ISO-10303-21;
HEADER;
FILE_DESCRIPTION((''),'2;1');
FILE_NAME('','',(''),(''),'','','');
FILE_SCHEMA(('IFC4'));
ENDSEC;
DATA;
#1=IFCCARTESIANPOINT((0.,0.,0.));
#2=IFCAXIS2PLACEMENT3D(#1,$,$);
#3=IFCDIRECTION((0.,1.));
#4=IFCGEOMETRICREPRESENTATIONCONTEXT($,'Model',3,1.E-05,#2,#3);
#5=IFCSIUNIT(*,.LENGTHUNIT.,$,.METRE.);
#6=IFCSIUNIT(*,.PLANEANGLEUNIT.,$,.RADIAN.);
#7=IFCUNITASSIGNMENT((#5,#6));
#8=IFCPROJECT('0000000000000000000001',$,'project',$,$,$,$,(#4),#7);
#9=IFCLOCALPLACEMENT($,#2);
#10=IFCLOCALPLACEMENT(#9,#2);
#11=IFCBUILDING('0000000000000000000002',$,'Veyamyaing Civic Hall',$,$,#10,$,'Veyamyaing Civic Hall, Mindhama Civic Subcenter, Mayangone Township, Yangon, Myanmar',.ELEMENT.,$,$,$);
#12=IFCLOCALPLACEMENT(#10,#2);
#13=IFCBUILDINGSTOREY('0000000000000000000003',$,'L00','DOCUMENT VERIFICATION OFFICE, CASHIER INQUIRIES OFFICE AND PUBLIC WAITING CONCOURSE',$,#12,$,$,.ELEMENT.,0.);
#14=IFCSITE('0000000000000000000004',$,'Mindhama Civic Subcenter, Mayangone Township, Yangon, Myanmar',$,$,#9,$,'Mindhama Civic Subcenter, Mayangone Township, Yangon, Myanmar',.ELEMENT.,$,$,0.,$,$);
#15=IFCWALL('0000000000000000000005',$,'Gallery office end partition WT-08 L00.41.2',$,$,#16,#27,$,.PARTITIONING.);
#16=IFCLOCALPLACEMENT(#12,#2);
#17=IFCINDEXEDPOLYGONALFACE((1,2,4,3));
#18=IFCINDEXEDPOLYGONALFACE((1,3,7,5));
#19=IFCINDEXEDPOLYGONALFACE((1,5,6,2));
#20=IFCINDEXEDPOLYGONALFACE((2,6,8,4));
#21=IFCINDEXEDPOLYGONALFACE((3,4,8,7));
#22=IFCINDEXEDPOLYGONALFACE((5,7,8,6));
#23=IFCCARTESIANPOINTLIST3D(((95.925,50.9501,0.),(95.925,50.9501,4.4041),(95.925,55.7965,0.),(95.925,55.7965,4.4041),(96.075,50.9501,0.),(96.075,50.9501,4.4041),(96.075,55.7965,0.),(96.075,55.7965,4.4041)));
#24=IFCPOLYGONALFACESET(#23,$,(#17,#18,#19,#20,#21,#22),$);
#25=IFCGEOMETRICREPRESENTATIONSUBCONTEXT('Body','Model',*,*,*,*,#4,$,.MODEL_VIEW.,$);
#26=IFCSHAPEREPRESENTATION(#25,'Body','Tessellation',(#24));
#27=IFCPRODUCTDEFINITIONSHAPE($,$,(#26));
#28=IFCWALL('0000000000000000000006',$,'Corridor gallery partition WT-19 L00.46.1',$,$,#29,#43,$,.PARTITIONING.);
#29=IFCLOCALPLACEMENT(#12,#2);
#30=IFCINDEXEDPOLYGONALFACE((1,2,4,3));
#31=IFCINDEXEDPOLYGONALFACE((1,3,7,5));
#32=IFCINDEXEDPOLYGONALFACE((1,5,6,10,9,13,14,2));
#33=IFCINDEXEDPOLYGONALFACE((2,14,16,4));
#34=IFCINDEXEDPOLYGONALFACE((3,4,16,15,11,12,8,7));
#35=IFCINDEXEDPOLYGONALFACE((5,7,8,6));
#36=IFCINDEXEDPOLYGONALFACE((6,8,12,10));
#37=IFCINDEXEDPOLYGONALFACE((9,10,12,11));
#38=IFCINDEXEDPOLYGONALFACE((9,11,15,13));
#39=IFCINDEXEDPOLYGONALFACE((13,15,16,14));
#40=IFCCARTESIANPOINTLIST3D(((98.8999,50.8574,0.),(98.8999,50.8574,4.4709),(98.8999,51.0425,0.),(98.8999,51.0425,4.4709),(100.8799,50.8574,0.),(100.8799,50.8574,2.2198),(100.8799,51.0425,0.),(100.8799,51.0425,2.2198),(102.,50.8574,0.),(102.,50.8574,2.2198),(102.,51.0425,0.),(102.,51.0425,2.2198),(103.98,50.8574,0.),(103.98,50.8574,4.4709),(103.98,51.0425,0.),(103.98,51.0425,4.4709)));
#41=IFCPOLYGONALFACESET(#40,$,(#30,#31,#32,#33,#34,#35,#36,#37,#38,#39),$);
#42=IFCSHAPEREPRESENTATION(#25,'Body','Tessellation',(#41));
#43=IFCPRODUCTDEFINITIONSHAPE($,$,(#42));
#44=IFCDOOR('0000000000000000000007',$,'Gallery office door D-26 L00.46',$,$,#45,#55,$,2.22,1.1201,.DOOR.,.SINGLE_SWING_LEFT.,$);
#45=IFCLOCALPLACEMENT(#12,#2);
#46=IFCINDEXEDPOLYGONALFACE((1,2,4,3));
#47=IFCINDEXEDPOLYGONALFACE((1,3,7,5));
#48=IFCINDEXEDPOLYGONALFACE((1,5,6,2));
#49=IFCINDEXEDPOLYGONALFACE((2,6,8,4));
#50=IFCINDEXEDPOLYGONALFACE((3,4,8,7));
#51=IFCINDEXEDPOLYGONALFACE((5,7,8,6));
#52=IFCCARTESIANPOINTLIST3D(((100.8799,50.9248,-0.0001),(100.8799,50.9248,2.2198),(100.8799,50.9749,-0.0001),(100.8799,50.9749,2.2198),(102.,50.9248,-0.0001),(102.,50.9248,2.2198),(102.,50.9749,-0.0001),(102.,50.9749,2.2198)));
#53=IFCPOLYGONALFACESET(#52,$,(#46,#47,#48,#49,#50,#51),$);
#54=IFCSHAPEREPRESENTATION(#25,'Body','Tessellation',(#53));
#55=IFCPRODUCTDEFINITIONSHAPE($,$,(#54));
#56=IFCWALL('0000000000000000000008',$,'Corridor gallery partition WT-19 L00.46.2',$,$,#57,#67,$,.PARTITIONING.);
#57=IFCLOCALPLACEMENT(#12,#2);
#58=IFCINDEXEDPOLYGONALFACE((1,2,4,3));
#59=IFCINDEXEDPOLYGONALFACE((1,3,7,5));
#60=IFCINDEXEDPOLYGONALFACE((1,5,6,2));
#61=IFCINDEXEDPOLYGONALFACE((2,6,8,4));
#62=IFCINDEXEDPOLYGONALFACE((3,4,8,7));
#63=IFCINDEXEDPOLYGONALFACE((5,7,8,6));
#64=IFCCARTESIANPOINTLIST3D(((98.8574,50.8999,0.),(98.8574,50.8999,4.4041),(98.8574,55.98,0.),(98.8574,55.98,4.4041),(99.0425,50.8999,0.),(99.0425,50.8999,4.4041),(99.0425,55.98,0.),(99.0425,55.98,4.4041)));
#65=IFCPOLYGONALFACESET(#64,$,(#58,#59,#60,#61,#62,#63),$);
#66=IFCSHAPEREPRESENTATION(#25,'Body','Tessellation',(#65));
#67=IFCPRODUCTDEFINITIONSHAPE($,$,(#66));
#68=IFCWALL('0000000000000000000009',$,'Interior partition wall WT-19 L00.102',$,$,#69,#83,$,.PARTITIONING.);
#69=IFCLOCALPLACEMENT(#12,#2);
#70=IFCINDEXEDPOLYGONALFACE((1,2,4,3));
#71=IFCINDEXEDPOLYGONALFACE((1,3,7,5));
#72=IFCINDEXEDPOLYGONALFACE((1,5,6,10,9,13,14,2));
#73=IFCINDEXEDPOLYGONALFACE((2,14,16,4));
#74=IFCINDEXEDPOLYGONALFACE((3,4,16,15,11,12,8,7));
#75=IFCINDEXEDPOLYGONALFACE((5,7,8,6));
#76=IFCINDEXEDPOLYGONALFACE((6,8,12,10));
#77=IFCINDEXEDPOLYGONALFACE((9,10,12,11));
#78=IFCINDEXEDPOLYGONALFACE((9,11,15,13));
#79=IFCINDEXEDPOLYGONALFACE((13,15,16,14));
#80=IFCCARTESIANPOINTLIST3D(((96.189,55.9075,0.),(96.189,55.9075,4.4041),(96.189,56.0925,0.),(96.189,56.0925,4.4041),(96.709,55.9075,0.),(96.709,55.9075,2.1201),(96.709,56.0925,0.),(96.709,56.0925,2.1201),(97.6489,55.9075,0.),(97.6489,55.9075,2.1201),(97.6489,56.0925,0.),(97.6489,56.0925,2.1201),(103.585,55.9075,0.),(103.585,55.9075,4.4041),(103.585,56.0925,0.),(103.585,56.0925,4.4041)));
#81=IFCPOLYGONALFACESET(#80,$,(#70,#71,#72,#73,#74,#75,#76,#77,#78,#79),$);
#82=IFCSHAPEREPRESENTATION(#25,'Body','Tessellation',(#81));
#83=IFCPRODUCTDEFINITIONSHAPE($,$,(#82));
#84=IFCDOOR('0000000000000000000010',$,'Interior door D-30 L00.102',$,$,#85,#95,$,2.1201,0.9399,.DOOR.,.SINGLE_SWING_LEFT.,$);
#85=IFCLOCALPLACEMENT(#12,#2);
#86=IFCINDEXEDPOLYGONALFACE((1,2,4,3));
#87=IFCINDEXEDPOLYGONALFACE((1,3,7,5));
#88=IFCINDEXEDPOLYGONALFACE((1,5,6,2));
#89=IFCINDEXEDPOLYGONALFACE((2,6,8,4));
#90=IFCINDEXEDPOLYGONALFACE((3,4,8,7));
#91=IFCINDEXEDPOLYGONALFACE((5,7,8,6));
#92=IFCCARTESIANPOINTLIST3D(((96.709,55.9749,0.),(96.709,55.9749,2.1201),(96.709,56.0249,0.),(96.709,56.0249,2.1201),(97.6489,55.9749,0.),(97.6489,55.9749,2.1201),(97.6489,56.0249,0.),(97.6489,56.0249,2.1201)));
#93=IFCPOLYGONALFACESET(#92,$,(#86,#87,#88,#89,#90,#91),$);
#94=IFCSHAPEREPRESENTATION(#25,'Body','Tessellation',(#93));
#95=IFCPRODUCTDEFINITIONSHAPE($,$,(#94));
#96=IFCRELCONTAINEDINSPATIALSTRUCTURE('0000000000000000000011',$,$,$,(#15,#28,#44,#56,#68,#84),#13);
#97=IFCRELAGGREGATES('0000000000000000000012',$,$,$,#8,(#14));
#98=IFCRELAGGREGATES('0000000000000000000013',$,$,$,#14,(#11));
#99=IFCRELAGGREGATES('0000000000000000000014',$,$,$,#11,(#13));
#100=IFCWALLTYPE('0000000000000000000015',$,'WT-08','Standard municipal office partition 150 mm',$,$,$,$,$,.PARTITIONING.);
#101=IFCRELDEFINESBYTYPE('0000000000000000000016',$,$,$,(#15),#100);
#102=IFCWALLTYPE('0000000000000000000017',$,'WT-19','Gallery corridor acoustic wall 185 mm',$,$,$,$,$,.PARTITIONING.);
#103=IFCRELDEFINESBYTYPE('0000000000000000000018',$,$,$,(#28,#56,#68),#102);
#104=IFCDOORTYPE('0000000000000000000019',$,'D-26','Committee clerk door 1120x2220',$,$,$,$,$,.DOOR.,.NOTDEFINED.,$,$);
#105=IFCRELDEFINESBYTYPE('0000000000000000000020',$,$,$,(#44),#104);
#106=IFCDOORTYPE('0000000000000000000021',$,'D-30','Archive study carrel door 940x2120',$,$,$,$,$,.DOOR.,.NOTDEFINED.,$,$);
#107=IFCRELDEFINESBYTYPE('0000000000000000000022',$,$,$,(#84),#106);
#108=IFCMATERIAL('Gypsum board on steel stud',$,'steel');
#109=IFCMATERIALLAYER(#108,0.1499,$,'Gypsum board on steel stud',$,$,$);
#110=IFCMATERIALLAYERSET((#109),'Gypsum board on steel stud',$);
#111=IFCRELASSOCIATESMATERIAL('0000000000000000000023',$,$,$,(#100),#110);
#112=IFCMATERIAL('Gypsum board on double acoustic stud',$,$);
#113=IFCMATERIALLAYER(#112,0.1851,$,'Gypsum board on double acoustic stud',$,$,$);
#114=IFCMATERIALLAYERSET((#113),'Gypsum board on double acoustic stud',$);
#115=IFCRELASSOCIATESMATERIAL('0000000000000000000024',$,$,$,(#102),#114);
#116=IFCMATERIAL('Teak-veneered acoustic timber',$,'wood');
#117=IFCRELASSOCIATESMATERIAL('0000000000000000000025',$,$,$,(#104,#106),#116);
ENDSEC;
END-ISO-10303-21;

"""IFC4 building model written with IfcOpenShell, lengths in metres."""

from ifc_helpers import new_model, si_unit, direction, frame, frame_2d, origin, place, context, subcontext, project, spatial, rectangle, extrude, material, layer, layer_set, type_object, element, fill, save


model = new_model("IFC4")

# Units and contexts
model_context = context("Model", 3, precision=1e-05, world=origin(), true_north=direction((0.0, 1.0)))
body_context = subcontext(model_context, "Body", "Model", "MODEL_VIEW")
ifc_project = project(units=[si_unit("LENGTHUNIT", "METRE"), si_unit("PLANEANGLEUNIT", "RADIAN")], contexts=[model_context])

# Site, building, storey
site_placement = place(None, origin())
site = spatial("IfcSite", under=ifc_project, at=site_placement, Name="Mindhama Civic Subcenter, Mayangone Township, Yangon, Myanmar", LongName="Mindhama Civic Subcenter, Mayangone Township, Yangon, Myanmar", CompositionType="ELEMENT", RefElevation=0.0)
building_placement = place(site_placement, origin())
building = spatial("IfcBuilding", under=site, at=building_placement, Name="Veyamyaing Civic Hall", LongName="Veyamyaing Civic Hall, Mindhama Civic Subcenter, Mayangone Township, Yangon, Myanmar", CompositionType="ELEMENT")
storey_placement = place(building_placement, origin())
storey = spatial("IfcBuildingStorey", under=building, at=storey_placement, Name="L00", Description="DOCUMENT VERIFICATION OFFICE, CASHIER INQUIRIES OFFICE AND PUBLIC WAITING CONCOURSE", CompositionType="ELEMENT", Elevation=0.0)

# Shared definitions
ifc_material_1 = material(Name="Teak-veneered acoustic timber", Category="wood")

# Wall
ifc_material_2 = material(Name="Gypsum board on steel stud", Category="steel")
ifc_layer_1 = layer(ifc_material_2, 0.1499, Name="Gypsum board on steel stud")
ifc_layer_set_1 = layer_set([ifc_layer_1], Name="Gypsum board on steel stud")
wall_type_1 = type_object("IfcWallType", Name="WT-08", Description="Standard municipal office partition 150 mm", PredefinedType="PARTITIONING", material=ifc_layer_set_1)
wall_1_placement = place(storey_placement, frame((96.0, 50.95, 0.0), z_axis=(0.0, 0.0, 1.0), x_axis=(0.0, 1.0, 0.0)))
element("IfcWall", 1, at=wall_1_placement, inside=storey, type_object=wall_type_1, Name="Gallery office end partition WT-08 L00.41.2", PredefinedType="PARTITIONING", context=body_context, shape_type="SweptSolid", body=[
    extrude(rectangle(XDim=4.8464, YDim=0.1499, at=frame_2d((2.4233, 0.0))), origin(), (0.0, 0.0, 1.0), 4.4041),
])

# Wall, opening, door
ifc_material_3 = material(Name="Gypsum board on double acoustic stud")
ifc_layer_2 = layer(ifc_material_3, 0.1851, Name="Gypsum board on double acoustic stud")
ifc_layer_set_2 = layer_set([ifc_layer_2], Name="Gypsum board on double acoustic stud")
wall_type_2 = type_object("IfcWallType", Name="WT-19", Description="Gallery corridor acoustic wall 185 mm", PredefinedType="PARTITIONING", material=ifc_layer_set_2)
wall_2_placement = place(storey_placement, frame((98.8999, 50.95, 0.0), z_axis=(0.0, 0.0, 1.0), x_axis=(1.0, 0.0, 0.0)))
wall_2 = element("IfcWall", 2, at=wall_2_placement, inside=storey, type_object=wall_type_2, Name="Corridor gallery partition WT-19 L00.46.1", PredefinedType="PARTITIONING", context=body_context, shape_type="SweptSolid", body=[
    extrude(rectangle(XDim=5.0801, YDim=0.1851, at=frame_2d((2.54, 0.0))), origin(), (0.0, 0.0, 1.0), 4.4709),
])
opening_1_placement = place(wall_2_placement, frame((1.98, 0.0, 0.0)))
opening_1 = element("IfcOpeningElement", 3, at=opening_1_placement, cuts=wall_2, PredefinedType="OPENING", context=body_context, shape_type="SweptSolid", body=[
    extrude(rectangle(XDim=1.1201, YDim=2.22, at=frame_2d((0.5601, 1.1099))), frame((0.0, 0.1025, 0.0), z_axis=(0.0, -1.0, 0.0), x_axis=(1.0, 0.0, 0.0)), (0.0, 0.0, 1.0), 0.2051),
])
door_type_1 = type_object("IfcDoorType", Name="D-26", Description="Committee clerk door 1120x2220", OperationType="NOTDEFINED", PredefinedType="DOOR", material=ifc_material_1)
door_1_placement = place(opening_1_placement, origin())
door_1 = element("IfcDoor", 4, at=door_1_placement, inside=storey, type_object=door_type_1, Name="Gallery office door D-26 L00.46", OperationType="SINGLE_SWING_LEFT", OverallHeight=2.22, OverallWidth=1.1201, PredefinedType="DOOR", context=body_context, shape_type="SweptSolid", body=[
    extrude(rectangle(XDim=1.1201, YDim=2.22, at=frame_2d((0.5601, 1.1099))), frame((0.0, 0.0249, 0.0), z_axis=(0.0, -1.0, 0.0), x_axis=(1.0, 0.0, 0.0)), (0.0, 0.0, 1.0), 0.05),
])
fill(opening_1, door_1)

# Wall
wall_3_placement = place(storey_placement, frame((98.95, 50.8999, 0.0), z_axis=(0.0, 0.0, 1.0), x_axis=(0.0, 1.0, 0.0)))
element("IfcWall", 5, at=wall_3_placement, inside=storey, type_object=wall_type_2, Name="Corridor gallery partition WT-19 L00.46.2", PredefinedType="PARTITIONING", context=body_context, shape_type="SweptSolid", body=[
    extrude(rectangle(XDim=5.0801, YDim=0.1851, at=frame_2d((2.54, 0.0))), origin(), (0.0, 0.0, 1.0), 4.4041),
])

# Wall, opening, door
wall_4_placement = place(storey_placement, frame((96.189, 56.0, 0.0), z_axis=(0.0, 0.0, 1.0), x_axis=(1.0, 0.0, 0.0)))
wall_4 = element("IfcWall", 6, at=wall_4_placement, inside=storey, type_object=wall_type_2, Name="Interior partition wall WT-19 L00.102", PredefinedType="PARTITIONING", context=body_context, shape_type="SweptSolid", body=[
    extrude(rectangle(XDim=7.396, YDim=0.1851, at=frame_2d((3.698, 0.0))), origin(), (0.0, 0.0, 1.0), 4.4041),
])
opening_2_placement = place(wall_4_placement, frame((0.52, 0.0, 0.0)))
opening_2 = element("IfcOpeningElement", 7, at=opening_2_placement, cuts=wall_4, PredefinedType="OPENING", context=body_context, shape_type="SweptSolid", body=[
    extrude(rectangle(XDim=0.9399, YDim=2.1201, at=frame_2d((0.47, 1.0601))), frame((0.0, 0.1025, 0.0), z_axis=(0.0, -1.0, 0.0), x_axis=(1.0, 0.0, 0.0)), (0.0, 0.0, 1.0), 0.2051),
])
door_type_2 = type_object("IfcDoorType", Name="D-30", Description="Archive study carrel door 940x2120", OperationType="NOTDEFINED", PredefinedType="DOOR", material=ifc_material_1)
door_2_placement = place(opening_2_placement, origin())
door_2 = element("IfcDoor", 8, at=door_2_placement, inside=storey, type_object=door_type_2, Name="Interior door D-30 L00.102", OperationType="SINGLE_SWING_LEFT", OverallHeight=2.1201, OverallWidth=0.9399, PredefinedType="DOOR", context=body_context, shape_type="SweptSolid", body=[
    extrude(rectangle(XDim=0.9399, YDim=2.1201, at=frame_2d((0.47, 1.0601))), frame((0.0, 0.0249, 0.0), z_axis=(0.0, -1.0, 0.0), x_axis=(1.0, 0.0, 0.0)), (0.0, 0.0, 1.0), 0.05),
])
fill(opening_2, door_2)

save(model, "model.ifc")
